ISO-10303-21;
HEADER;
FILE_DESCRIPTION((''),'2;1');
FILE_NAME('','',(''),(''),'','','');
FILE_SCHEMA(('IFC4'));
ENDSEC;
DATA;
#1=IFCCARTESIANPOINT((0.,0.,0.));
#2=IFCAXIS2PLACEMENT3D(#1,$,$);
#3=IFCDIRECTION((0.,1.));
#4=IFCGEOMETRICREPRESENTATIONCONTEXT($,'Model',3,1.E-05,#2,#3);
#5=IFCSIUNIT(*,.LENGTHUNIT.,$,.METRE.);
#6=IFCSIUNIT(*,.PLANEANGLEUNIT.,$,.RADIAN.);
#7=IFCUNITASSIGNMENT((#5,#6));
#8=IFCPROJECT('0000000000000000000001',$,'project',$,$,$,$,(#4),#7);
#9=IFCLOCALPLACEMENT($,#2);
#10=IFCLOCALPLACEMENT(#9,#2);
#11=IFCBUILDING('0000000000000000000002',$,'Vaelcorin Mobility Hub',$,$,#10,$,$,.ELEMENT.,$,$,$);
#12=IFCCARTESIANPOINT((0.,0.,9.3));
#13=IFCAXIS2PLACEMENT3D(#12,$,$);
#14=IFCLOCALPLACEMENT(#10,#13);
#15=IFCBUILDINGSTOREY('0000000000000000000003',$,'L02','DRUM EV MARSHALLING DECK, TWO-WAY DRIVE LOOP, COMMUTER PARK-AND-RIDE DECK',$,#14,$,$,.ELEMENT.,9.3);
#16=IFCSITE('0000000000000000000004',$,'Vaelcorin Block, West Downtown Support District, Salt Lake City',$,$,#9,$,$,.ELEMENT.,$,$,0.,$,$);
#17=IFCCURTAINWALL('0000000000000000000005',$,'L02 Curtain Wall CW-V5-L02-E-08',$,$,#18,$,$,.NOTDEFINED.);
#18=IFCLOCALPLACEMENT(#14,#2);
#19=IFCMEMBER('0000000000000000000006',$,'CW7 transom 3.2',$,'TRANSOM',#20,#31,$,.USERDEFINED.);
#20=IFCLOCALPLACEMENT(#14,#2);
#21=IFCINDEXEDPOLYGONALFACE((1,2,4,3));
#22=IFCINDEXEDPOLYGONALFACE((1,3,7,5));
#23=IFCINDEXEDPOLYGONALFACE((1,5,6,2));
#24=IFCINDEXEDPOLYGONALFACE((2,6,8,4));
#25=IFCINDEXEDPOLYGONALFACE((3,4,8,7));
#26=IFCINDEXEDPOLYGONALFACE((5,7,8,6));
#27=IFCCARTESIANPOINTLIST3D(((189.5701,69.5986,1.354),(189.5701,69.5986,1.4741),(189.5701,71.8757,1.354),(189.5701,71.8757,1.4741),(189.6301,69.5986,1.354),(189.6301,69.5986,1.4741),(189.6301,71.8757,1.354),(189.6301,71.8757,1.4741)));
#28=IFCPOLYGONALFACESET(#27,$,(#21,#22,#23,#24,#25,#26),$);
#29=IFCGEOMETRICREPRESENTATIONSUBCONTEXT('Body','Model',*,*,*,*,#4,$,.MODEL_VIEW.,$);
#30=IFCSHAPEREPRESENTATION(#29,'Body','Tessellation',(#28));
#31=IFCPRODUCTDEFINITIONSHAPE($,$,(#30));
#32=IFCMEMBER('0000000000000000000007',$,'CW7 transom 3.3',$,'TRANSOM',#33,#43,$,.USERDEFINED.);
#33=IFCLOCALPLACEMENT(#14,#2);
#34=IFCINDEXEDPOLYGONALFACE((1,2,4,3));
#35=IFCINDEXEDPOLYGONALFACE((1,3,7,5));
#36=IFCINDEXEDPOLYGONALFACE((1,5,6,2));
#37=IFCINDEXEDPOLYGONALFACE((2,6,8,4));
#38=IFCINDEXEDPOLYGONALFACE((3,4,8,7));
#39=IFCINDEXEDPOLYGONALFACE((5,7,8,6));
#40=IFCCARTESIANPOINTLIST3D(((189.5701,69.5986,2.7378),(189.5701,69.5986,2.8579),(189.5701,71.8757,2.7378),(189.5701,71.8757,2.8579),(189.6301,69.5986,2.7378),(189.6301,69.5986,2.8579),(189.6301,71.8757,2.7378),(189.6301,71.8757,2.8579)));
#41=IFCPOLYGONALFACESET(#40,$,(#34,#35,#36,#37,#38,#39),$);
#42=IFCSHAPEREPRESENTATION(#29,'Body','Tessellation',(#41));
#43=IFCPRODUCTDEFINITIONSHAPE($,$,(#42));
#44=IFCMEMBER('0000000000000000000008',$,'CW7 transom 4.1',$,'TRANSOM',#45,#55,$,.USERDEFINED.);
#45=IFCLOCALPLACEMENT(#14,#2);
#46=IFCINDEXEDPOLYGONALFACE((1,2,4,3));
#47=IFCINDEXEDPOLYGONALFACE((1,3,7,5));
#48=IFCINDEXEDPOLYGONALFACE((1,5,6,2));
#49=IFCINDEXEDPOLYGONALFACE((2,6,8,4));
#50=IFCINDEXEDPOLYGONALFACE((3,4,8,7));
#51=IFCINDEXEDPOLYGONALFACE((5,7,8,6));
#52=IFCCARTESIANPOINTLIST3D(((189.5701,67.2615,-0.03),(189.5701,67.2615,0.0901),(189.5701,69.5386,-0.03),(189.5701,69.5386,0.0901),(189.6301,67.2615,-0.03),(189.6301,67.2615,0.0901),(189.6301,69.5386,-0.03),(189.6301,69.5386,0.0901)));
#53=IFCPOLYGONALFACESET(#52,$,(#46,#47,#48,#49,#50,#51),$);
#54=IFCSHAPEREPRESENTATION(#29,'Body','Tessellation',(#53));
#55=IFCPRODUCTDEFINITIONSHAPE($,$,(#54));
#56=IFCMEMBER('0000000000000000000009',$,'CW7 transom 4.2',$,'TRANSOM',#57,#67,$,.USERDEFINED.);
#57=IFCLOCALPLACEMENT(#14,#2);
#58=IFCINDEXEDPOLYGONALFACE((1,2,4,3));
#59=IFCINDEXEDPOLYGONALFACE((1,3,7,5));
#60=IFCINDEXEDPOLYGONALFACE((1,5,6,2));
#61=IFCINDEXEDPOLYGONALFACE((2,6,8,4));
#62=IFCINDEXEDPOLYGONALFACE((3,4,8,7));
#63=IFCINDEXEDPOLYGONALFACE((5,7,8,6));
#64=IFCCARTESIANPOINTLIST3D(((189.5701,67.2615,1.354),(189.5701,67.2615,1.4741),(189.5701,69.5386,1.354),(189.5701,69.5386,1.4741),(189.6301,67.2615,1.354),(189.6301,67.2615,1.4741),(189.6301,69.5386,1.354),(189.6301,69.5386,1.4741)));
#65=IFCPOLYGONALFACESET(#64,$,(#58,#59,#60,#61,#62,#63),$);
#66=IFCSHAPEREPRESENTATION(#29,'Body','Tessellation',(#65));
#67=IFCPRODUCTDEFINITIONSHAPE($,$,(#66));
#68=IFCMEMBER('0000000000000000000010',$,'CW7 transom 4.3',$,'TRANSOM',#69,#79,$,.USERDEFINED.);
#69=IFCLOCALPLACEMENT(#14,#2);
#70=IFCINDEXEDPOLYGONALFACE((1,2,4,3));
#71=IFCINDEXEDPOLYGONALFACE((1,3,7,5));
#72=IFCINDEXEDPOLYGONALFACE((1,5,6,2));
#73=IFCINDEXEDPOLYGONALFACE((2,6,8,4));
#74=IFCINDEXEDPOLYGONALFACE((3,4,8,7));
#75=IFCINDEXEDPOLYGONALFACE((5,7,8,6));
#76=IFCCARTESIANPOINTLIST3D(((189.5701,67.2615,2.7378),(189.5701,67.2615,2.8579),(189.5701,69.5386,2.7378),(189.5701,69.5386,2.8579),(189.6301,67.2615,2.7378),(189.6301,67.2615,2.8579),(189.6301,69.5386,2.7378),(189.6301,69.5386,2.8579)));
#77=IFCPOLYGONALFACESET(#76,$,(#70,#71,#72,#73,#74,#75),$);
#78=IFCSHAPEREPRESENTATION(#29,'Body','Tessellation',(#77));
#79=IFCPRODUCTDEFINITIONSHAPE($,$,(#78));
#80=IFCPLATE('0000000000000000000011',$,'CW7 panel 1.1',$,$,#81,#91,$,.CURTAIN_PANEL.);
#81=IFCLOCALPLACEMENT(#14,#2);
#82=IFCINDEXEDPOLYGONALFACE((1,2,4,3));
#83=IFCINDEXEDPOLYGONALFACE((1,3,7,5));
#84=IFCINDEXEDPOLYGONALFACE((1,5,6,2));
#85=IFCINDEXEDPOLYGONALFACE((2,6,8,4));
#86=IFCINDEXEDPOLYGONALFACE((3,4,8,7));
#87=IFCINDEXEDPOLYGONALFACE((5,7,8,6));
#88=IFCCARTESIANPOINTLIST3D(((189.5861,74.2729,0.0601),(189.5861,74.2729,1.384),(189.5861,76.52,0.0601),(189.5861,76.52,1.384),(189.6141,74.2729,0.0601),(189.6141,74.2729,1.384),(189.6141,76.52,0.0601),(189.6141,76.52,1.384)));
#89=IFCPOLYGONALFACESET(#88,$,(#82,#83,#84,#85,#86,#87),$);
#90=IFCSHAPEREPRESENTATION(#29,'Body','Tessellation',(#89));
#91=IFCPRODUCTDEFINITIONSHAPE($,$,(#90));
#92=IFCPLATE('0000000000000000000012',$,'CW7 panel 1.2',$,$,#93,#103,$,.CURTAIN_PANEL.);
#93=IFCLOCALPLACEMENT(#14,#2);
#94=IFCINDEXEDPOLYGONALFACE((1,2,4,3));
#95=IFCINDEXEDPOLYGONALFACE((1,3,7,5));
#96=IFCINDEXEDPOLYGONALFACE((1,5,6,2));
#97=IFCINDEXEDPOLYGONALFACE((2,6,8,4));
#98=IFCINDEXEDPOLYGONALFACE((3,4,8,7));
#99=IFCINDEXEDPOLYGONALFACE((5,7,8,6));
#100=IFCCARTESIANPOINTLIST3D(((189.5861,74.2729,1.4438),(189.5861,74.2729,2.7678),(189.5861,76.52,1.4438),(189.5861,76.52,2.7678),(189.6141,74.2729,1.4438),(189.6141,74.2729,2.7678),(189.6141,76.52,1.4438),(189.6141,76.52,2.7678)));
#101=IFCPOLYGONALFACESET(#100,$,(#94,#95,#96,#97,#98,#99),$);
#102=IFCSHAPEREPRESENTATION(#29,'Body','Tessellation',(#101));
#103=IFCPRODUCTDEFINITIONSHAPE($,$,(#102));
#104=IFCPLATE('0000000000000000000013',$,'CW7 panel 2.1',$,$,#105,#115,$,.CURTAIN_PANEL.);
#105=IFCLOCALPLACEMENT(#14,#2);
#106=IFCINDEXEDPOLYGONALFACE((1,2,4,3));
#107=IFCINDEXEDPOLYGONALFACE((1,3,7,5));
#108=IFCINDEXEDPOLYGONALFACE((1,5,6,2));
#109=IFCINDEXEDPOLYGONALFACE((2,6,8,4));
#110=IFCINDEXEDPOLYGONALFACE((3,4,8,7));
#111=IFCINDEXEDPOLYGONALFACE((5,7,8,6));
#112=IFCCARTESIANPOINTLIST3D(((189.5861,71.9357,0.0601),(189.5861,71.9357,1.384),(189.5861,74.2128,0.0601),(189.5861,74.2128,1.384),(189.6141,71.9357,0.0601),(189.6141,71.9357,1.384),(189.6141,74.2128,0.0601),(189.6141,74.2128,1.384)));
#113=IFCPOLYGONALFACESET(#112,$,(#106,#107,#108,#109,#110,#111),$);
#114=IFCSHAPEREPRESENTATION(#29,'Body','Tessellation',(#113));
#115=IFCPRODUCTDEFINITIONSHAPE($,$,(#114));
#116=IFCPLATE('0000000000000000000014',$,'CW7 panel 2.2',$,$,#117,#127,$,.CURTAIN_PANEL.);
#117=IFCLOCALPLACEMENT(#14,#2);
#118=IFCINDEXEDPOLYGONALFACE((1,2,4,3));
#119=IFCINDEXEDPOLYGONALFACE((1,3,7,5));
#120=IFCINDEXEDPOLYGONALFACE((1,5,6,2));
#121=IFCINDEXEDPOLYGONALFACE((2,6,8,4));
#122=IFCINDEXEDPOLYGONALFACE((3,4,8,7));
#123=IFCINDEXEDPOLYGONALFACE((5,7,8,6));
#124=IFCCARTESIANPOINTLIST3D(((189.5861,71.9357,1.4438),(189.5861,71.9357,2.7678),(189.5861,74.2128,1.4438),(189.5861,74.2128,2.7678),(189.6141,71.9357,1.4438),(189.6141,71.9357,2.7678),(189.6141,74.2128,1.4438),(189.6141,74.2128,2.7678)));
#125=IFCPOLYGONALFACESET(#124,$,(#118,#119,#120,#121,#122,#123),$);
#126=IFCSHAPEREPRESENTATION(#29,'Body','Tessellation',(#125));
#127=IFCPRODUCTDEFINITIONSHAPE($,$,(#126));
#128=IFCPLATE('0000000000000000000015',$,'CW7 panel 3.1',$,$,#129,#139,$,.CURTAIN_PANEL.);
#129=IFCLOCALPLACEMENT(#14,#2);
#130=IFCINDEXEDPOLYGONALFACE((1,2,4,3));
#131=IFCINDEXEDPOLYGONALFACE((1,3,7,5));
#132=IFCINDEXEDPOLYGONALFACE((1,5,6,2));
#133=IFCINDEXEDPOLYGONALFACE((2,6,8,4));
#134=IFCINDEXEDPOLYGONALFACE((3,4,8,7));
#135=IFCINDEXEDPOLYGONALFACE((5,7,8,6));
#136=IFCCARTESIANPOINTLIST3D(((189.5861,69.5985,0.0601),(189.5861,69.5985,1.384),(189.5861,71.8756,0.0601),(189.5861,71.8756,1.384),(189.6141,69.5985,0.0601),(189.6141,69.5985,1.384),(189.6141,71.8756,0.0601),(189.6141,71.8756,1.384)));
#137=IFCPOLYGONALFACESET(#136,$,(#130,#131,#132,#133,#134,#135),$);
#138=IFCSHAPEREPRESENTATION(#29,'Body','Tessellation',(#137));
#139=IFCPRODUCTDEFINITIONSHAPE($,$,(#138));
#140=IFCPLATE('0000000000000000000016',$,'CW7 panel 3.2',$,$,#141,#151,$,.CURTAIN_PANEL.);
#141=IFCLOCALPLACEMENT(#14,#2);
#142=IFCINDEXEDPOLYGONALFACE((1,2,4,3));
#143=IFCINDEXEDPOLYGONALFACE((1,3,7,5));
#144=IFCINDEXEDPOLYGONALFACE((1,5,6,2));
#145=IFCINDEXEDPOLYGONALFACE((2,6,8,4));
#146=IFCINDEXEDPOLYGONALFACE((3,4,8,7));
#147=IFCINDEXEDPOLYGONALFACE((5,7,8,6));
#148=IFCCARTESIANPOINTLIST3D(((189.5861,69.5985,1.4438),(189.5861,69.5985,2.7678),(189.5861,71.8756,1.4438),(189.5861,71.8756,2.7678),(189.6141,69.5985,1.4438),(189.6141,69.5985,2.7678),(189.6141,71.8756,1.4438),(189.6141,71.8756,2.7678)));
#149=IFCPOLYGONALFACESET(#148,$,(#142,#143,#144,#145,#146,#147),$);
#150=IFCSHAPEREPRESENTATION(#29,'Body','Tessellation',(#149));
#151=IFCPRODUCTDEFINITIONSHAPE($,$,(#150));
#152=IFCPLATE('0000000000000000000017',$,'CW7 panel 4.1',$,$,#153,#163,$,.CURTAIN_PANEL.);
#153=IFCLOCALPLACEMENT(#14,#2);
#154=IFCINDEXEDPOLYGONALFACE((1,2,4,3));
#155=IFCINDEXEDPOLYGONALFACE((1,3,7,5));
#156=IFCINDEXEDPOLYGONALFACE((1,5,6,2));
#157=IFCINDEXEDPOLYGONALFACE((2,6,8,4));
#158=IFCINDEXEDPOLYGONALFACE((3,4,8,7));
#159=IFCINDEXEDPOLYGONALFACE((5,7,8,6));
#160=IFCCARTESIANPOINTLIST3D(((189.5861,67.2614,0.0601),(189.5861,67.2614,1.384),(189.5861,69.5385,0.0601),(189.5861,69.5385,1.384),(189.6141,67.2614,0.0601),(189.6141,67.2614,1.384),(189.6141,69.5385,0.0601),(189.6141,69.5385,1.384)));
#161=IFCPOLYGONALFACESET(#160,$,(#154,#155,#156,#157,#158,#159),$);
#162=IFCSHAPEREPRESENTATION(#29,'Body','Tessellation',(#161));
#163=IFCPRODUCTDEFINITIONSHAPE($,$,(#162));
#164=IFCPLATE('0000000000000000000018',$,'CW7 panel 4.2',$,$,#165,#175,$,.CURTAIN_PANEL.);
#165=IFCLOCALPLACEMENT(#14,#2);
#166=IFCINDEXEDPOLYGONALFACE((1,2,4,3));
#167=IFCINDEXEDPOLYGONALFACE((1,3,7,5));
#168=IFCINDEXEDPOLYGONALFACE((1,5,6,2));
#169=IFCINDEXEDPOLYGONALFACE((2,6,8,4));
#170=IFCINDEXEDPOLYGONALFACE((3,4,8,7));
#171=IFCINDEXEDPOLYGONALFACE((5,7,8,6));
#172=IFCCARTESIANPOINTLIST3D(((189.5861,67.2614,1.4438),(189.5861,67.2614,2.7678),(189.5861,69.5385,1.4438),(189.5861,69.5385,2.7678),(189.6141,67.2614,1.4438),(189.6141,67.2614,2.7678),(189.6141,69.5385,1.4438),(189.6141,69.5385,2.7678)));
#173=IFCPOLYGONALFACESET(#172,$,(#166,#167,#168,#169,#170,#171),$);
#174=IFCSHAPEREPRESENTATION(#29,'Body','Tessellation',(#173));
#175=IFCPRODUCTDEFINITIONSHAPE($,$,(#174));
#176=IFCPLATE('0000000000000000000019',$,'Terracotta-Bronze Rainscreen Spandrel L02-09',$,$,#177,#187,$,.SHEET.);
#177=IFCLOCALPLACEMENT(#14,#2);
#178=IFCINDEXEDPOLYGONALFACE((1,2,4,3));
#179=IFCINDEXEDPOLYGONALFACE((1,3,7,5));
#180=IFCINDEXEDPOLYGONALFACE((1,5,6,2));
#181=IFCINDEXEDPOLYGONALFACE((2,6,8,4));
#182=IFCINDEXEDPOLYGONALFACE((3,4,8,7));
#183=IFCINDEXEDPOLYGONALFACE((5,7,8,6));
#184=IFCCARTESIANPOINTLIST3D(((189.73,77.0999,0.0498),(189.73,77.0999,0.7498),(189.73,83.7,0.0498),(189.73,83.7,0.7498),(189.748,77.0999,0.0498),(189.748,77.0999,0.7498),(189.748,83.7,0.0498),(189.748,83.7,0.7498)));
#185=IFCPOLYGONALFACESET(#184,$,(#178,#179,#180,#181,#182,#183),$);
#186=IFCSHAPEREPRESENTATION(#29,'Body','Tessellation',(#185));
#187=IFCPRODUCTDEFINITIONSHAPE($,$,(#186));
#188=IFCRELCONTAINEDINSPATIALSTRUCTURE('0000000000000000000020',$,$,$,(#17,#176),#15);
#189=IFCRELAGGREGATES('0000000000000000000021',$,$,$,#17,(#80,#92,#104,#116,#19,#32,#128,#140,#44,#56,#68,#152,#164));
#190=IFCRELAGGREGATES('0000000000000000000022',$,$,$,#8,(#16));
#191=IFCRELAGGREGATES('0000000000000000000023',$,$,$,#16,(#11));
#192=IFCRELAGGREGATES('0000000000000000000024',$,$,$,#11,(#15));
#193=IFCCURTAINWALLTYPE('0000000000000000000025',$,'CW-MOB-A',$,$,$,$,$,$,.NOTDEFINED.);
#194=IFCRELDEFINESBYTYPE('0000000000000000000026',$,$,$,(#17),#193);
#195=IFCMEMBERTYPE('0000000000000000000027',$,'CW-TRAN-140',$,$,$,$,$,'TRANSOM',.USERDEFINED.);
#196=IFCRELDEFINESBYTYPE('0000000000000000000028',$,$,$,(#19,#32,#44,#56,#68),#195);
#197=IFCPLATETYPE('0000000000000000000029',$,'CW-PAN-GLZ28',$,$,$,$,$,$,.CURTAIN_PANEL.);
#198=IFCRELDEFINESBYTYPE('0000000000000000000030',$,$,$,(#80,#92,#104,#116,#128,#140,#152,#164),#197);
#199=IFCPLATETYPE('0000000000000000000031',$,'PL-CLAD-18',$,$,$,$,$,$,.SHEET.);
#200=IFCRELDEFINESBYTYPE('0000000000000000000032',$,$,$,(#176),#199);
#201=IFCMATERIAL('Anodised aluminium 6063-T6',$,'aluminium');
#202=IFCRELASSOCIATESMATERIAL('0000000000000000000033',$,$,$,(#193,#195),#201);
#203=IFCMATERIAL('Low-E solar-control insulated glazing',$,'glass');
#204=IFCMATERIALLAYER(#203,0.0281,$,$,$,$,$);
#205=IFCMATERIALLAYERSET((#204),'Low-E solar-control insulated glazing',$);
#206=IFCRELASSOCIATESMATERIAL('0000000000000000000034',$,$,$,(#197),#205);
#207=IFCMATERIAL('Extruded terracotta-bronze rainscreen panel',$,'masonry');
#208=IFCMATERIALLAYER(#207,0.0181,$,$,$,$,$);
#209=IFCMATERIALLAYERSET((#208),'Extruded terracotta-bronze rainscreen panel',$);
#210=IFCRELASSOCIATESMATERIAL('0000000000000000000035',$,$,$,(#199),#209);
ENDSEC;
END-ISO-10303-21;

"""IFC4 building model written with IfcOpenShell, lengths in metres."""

from ifc_helpers import new_model, si_unit, direction, frame, origin, origin_2d, place, context, subcontext, project, spatial, rectangle, extrude, material, layer, layer_set, material_profile, profile_set, type_object, element, aggregate, save


model = new_model("IFC4")

# Units and contexts
model_context = context("Model", 3, precision=1e-05, world=origin(), true_north=direction((0.0, 1.0)))
body_context = subcontext(model_context, "Body", "Model", "MODEL_VIEW")
ifc_project = project(units=[si_unit("LENGTHUNIT", "METRE"), si_unit("PLANEANGLEUNIT", "RADIAN")], contexts=[model_context])

# Site, building, storey
site_placement = place(None, origin())
site = spatial("IfcSite", under=ifc_project, at=site_placement, Name="Vaelcorin Block, West Downtown Support District, Salt Lake City", CompositionType="ELEMENT", RefElevation=0.0)
building_placement = place(site_placement, origin())
building = spatial("IfcBuilding", under=site, at=building_placement, Name="Vaelcorin Mobility Hub", CompositionType="ELEMENT")
storey_placement = place(building_placement, frame((0.0, 0.0, 9.3)))
storey = spatial("IfcBuildingStorey", under=building, at=storey_placement, Name="L02", Description="DRUM EV MARSHALLING DECK, TWO-WAY DRIVE LOOP, COMMUTER PARK-AND-RIDE DECK", CompositionType="ELEMENT", Elevation=9.3)

# Curtain wall, members, plates
ifc_material_1 = material(Name="Anodised aluminium 6063-T6", Category="aluminium")
curtain_wall_type = type_object("IfcCurtainWallType", Name="CW-MOB-A", PredefinedType="NOTDEFINED", material=ifc_material_1)
curtain_wall_placement = place(storey_placement, origin())
curtain_wall = element("IfcCurtainWall", 1, at=curtain_wall_placement, inside=storey, type_object=curtain_wall_type, Name="L02 Curtain Wall CW-V5-L02-E-08", PredefinedType="NOTDEFINED")
ifc_material_profile_1 = material_profile(ifc_material_1, rectangle(XDim=0.0601, YDim=0.1201, at=origin_2d()), Name="ALU-T60X120")
ifc_profile_set_1 = profile_set([ifc_material_profile_1], Name="Anodised aluminium 6063-T6")
member_type_1 = type_object("IfcMemberType", Name="CW-TRAN-140", ElementType="TRANSOM", PredefinedType="USERDEFINED", material=ifc_profile_set_1)
member_1_placement = place(storey_placement, frame((189.6001, 71.8757, 1.4141), z_axis=(0.0, -1.0, 0.0), x_axis=(1.0, 0.0, 0.0)))
member_1 = element("IfcMember", 2, at=member_1_placement, type_object=member_type_1, Name="CW7 transom 3.2", ObjectType="TRANSOM", PredefinedType="USERDEFINED", context=body_context, shape_type="SweptSolid", body=[
    extrude(rectangle(XDim=0.0601, YDim=0.1201, at=origin_2d()), origin(), (0.0, 0.0, 1.0), 2.2771),
])
member_2_placement = place(storey_placement, frame((189.6001, 71.8757, 2.7979), z_axis=(0.0, -1.0, 0.0), x_axis=(1.0, 0.0, 0.0)))
member_2 = element("IfcMember", 3, at=member_2_placement, type_object=member_type_1, Name="CW7 transom 3.3", ObjectType="TRANSOM", PredefinedType="USERDEFINED", context=body_context, shape_type="SweptSolid", body=[
    extrude(rectangle(XDim=0.0601, YDim=0.1201, at=origin_2d()), origin(), (0.0, 0.0, 1.0), 2.2771),
])
member_3_placement = place(storey_placement, frame((189.6001, 69.5386, 0.03), z_axis=(0.0, -1.0, 0.0), x_axis=(1.0, 0.0, 0.0)))
member_3 = element("IfcMember", 4, at=member_3_placement, type_object=member_type_1, Name="CW7 transom 4.1", ObjectType="TRANSOM", PredefinedType="USERDEFINED", context=body_context, shape_type="SweptSolid", body=[
    extrude(rectangle(XDim=0.0601, YDim=0.1201, at=origin_2d()), origin(), (0.0, 0.0, 1.0), 2.2771),
])
member_4_placement = place(storey_placement, frame((189.6001, 69.5386, 1.4141), z_axis=(0.0, -1.0, 0.0), x_axis=(1.0, 0.0, 0.0)))
member_4 = element("IfcMember", 5, at=member_4_placement, type_object=member_type_1, Name="CW7 transom 4.2", ObjectType="TRANSOM", PredefinedType="USERDEFINED", context=body_context, shape_type="SweptSolid", body=[
    extrude(rectangle(XDim=0.0601, YDim=0.1201, at=origin_2d()), origin(), (0.0, 0.0, 1.0), 2.2771),
])
member_5_placement = place(storey_placement, frame((189.6001, 69.5386, 2.7979), z_axis=(0.0, -1.0, 0.0), x_axis=(1.0, 0.0, 0.0)))
member_5 = element("IfcMember", 6, at=member_5_placement, type_object=member_type_1, Name="CW7 transom 4.3", ObjectType="TRANSOM", PredefinedType="USERDEFINED", context=body_context, shape_type="SweptSolid", body=[
    extrude(rectangle(XDim=0.0601, YDim=0.1201, at=origin_2d()), origin(), (0.0, 0.0, 1.0), 2.2771),
])
ifc_material_2 = material(Name="Low-E solar-control insulated glazing", Category="glass")
ifc_layer_1 = layer(ifc_material_2, 0.0281)
ifc_layer_set_1 = layer_set([ifc_layer_1], Name="Low-E solar-control insulated glazing")
plate_type_1 = type_object("IfcPlateType", Name="CW-PAN-GLZ28", PredefinedType="CURTAIN_PANEL", material=ifc_layer_set_1)
plate_1_placement = place(storey_placement, frame((189.6001, 75.3965, 0.0601), z_axis=(0.0, 0.0, 1.0), x_axis=(0.0, -1.0, 0.0)))
plate_1 = element("IfcPlate", 7, at=plate_1_placement, type_object=plate_type_1, Name="CW7 panel 1.1", PredefinedType="CURTAIN_PANEL", context=body_context, shape_type="SweptSolid", body=[
    extrude(rectangle(XDim=2.2471, YDim=0.0281, at=origin_2d()), origin(), (0.0, 0.0, 1.0), 1.324),
])
plate_2_placement = place(storey_placement, frame((189.6001, 75.3965, 1.4438), z_axis=(0.0, 0.0, 1.0), x_axis=(0.0, -1.0, 0.0)))
plate_2 = element("IfcPlate", 8, at=plate_2_placement, type_object=plate_type_1, Name="CW7 panel 1.2", PredefinedType="CURTAIN_PANEL", context=body_context, shape_type="SweptSolid", body=[
    extrude(rectangle(XDim=2.2471, YDim=0.0281, at=origin_2d()), origin(), (0.0, 0.0, 1.0), 1.324),
])
plate_3_placement = place(storey_placement, frame((189.6001, 73.0742, 0.0601), z_axis=(0.0, 0.0, 1.0), x_axis=(0.0, -1.0, 0.0)))
plate_3 = element("IfcPlate", 9, at=plate_3_placement, type_object=plate_type_1, Name="CW7 panel 2.1", PredefinedType="CURTAIN_PANEL", context=body_context, shape_type="SweptSolid", body=[
    extrude(rectangle(XDim=2.2771, YDim=0.0281, at=origin_2d()), origin(), (0.0, 0.0, 1.0), 1.324),
])
plate_4_placement = place(storey_placement, frame((189.6001, 73.0742, 1.4438), z_axis=(0.0, 0.0, 1.0), x_axis=(0.0, -1.0, 0.0)))
plate_4 = element("IfcPlate", 10, at=plate_4_placement, type_object=plate_type_1, Name="CW7 panel 2.2", PredefinedType="CURTAIN_PANEL", context=body_context, shape_type="SweptSolid", body=[
    extrude(rectangle(XDim=2.2771, YDim=0.0281, at=origin_2d()), origin(), (0.0, 0.0, 1.0), 1.324),
])
plate_5_placement = place(storey_placement, frame((189.6001, 70.7371, 0.0601), z_axis=(0.0, 0.0, 1.0), x_axis=(0.0, -1.0, 0.0)))
plate_5 = element("IfcPlate", 11, at=plate_5_placement, type_object=plate_type_1, Name="CW7 panel 3.1", PredefinedType="CURTAIN_PANEL", context=body_context, shape_type="SweptSolid", body=[
    extrude(rectangle(XDim=2.2771, YDim=0.0281, at=origin_2d()), origin(), (0.0, 0.0, 1.0), 1.324),
])
plate_6_placement = place(storey_placement, frame((189.6001, 70.7371, 1.4438), z_axis=(0.0, 0.0, 1.0), x_axis=(0.0, -1.0, 0.0)))
plate_6 = element("IfcPlate", 12, at=plate_6_placement, type_object=plate_type_1, Name="CW7 panel 3.2", PredefinedType="CURTAIN_PANEL", context=body_context, shape_type="SweptSolid", body=[
    extrude(rectangle(XDim=2.2771, YDim=0.0281, at=origin_2d()), origin(), (0.0, 0.0, 1.0), 1.324),
])
plate_7_placement = place(storey_placement, frame((189.6001, 68.3999, 0.0601), z_axis=(0.0, 0.0, 1.0), x_axis=(0.0, -1.0, 0.0)))
plate_7 = element("IfcPlate", 13, at=plate_7_placement, type_object=plate_type_1, Name="CW7 panel 4.1", PredefinedType="CURTAIN_PANEL", context=body_context, shape_type="SweptSolid", body=[
    extrude(rectangle(XDim=2.2771, YDim=0.0281, at=origin_2d()), origin(), (0.0, 0.0, 1.0), 1.324),
])
plate_8_placement = place(storey_placement, frame((189.6001, 68.3999, 1.4438), z_axis=(0.0, 0.0, 1.0), x_axis=(0.0, -1.0, 0.0)))
plate_8 = element("IfcPlate", 14, at=plate_8_placement, type_object=plate_type_1, Name="CW7 panel 4.2", PredefinedType="CURTAIN_PANEL", context=body_context, shape_type="SweptSolid", body=[
    extrude(rectangle(XDim=2.2771, YDim=0.0281, at=origin_2d()), origin(), (0.0, 0.0, 1.0), 1.324),
])
aggregate(curtain_wall, [plate_1, plate_2, plate_3, plate_4, member_1, member_2, plate_5, plate_6, member_3, member_4, member_5, plate_7, plate_8])

# Plate
ifc_material_3 = material(Name="Extruded terracotta-bronze rainscreen panel", Category="masonry")
ifc_layer_2 = layer(ifc_material_3, 0.0181)
ifc_layer_set_2 = layer_set([ifc_layer_2], Name="Extruded terracotta-bronze rainscreen panel")
plate_type_2 = type_object("IfcPlateType", Name="PL-CLAD-18", PredefinedType="SHEET", material=ifc_layer_set_2)
plate_9_placement = place(storey_placement, frame((189.739, 80.3999, 0.0498), z_axis=(0.0, 0.0, 1.0), x_axis=(1.0, 0.0, 0.0)))
element("IfcPlate", 15, at=plate_9_placement, inside=storey, type_object=plate_type_2, Name="Terracotta-Bronze Rainscreen Spandrel L02-09", PredefinedType="SHEET", context=body_context, shape_type="SweptSolid", body=[
    extrude(rectangle(XDim=0.0181, YDim=6.6001, at=origin_2d()), origin(), (0.0, 0.0, 1.0), 0.7),
])

save(model, "model.ifc")
